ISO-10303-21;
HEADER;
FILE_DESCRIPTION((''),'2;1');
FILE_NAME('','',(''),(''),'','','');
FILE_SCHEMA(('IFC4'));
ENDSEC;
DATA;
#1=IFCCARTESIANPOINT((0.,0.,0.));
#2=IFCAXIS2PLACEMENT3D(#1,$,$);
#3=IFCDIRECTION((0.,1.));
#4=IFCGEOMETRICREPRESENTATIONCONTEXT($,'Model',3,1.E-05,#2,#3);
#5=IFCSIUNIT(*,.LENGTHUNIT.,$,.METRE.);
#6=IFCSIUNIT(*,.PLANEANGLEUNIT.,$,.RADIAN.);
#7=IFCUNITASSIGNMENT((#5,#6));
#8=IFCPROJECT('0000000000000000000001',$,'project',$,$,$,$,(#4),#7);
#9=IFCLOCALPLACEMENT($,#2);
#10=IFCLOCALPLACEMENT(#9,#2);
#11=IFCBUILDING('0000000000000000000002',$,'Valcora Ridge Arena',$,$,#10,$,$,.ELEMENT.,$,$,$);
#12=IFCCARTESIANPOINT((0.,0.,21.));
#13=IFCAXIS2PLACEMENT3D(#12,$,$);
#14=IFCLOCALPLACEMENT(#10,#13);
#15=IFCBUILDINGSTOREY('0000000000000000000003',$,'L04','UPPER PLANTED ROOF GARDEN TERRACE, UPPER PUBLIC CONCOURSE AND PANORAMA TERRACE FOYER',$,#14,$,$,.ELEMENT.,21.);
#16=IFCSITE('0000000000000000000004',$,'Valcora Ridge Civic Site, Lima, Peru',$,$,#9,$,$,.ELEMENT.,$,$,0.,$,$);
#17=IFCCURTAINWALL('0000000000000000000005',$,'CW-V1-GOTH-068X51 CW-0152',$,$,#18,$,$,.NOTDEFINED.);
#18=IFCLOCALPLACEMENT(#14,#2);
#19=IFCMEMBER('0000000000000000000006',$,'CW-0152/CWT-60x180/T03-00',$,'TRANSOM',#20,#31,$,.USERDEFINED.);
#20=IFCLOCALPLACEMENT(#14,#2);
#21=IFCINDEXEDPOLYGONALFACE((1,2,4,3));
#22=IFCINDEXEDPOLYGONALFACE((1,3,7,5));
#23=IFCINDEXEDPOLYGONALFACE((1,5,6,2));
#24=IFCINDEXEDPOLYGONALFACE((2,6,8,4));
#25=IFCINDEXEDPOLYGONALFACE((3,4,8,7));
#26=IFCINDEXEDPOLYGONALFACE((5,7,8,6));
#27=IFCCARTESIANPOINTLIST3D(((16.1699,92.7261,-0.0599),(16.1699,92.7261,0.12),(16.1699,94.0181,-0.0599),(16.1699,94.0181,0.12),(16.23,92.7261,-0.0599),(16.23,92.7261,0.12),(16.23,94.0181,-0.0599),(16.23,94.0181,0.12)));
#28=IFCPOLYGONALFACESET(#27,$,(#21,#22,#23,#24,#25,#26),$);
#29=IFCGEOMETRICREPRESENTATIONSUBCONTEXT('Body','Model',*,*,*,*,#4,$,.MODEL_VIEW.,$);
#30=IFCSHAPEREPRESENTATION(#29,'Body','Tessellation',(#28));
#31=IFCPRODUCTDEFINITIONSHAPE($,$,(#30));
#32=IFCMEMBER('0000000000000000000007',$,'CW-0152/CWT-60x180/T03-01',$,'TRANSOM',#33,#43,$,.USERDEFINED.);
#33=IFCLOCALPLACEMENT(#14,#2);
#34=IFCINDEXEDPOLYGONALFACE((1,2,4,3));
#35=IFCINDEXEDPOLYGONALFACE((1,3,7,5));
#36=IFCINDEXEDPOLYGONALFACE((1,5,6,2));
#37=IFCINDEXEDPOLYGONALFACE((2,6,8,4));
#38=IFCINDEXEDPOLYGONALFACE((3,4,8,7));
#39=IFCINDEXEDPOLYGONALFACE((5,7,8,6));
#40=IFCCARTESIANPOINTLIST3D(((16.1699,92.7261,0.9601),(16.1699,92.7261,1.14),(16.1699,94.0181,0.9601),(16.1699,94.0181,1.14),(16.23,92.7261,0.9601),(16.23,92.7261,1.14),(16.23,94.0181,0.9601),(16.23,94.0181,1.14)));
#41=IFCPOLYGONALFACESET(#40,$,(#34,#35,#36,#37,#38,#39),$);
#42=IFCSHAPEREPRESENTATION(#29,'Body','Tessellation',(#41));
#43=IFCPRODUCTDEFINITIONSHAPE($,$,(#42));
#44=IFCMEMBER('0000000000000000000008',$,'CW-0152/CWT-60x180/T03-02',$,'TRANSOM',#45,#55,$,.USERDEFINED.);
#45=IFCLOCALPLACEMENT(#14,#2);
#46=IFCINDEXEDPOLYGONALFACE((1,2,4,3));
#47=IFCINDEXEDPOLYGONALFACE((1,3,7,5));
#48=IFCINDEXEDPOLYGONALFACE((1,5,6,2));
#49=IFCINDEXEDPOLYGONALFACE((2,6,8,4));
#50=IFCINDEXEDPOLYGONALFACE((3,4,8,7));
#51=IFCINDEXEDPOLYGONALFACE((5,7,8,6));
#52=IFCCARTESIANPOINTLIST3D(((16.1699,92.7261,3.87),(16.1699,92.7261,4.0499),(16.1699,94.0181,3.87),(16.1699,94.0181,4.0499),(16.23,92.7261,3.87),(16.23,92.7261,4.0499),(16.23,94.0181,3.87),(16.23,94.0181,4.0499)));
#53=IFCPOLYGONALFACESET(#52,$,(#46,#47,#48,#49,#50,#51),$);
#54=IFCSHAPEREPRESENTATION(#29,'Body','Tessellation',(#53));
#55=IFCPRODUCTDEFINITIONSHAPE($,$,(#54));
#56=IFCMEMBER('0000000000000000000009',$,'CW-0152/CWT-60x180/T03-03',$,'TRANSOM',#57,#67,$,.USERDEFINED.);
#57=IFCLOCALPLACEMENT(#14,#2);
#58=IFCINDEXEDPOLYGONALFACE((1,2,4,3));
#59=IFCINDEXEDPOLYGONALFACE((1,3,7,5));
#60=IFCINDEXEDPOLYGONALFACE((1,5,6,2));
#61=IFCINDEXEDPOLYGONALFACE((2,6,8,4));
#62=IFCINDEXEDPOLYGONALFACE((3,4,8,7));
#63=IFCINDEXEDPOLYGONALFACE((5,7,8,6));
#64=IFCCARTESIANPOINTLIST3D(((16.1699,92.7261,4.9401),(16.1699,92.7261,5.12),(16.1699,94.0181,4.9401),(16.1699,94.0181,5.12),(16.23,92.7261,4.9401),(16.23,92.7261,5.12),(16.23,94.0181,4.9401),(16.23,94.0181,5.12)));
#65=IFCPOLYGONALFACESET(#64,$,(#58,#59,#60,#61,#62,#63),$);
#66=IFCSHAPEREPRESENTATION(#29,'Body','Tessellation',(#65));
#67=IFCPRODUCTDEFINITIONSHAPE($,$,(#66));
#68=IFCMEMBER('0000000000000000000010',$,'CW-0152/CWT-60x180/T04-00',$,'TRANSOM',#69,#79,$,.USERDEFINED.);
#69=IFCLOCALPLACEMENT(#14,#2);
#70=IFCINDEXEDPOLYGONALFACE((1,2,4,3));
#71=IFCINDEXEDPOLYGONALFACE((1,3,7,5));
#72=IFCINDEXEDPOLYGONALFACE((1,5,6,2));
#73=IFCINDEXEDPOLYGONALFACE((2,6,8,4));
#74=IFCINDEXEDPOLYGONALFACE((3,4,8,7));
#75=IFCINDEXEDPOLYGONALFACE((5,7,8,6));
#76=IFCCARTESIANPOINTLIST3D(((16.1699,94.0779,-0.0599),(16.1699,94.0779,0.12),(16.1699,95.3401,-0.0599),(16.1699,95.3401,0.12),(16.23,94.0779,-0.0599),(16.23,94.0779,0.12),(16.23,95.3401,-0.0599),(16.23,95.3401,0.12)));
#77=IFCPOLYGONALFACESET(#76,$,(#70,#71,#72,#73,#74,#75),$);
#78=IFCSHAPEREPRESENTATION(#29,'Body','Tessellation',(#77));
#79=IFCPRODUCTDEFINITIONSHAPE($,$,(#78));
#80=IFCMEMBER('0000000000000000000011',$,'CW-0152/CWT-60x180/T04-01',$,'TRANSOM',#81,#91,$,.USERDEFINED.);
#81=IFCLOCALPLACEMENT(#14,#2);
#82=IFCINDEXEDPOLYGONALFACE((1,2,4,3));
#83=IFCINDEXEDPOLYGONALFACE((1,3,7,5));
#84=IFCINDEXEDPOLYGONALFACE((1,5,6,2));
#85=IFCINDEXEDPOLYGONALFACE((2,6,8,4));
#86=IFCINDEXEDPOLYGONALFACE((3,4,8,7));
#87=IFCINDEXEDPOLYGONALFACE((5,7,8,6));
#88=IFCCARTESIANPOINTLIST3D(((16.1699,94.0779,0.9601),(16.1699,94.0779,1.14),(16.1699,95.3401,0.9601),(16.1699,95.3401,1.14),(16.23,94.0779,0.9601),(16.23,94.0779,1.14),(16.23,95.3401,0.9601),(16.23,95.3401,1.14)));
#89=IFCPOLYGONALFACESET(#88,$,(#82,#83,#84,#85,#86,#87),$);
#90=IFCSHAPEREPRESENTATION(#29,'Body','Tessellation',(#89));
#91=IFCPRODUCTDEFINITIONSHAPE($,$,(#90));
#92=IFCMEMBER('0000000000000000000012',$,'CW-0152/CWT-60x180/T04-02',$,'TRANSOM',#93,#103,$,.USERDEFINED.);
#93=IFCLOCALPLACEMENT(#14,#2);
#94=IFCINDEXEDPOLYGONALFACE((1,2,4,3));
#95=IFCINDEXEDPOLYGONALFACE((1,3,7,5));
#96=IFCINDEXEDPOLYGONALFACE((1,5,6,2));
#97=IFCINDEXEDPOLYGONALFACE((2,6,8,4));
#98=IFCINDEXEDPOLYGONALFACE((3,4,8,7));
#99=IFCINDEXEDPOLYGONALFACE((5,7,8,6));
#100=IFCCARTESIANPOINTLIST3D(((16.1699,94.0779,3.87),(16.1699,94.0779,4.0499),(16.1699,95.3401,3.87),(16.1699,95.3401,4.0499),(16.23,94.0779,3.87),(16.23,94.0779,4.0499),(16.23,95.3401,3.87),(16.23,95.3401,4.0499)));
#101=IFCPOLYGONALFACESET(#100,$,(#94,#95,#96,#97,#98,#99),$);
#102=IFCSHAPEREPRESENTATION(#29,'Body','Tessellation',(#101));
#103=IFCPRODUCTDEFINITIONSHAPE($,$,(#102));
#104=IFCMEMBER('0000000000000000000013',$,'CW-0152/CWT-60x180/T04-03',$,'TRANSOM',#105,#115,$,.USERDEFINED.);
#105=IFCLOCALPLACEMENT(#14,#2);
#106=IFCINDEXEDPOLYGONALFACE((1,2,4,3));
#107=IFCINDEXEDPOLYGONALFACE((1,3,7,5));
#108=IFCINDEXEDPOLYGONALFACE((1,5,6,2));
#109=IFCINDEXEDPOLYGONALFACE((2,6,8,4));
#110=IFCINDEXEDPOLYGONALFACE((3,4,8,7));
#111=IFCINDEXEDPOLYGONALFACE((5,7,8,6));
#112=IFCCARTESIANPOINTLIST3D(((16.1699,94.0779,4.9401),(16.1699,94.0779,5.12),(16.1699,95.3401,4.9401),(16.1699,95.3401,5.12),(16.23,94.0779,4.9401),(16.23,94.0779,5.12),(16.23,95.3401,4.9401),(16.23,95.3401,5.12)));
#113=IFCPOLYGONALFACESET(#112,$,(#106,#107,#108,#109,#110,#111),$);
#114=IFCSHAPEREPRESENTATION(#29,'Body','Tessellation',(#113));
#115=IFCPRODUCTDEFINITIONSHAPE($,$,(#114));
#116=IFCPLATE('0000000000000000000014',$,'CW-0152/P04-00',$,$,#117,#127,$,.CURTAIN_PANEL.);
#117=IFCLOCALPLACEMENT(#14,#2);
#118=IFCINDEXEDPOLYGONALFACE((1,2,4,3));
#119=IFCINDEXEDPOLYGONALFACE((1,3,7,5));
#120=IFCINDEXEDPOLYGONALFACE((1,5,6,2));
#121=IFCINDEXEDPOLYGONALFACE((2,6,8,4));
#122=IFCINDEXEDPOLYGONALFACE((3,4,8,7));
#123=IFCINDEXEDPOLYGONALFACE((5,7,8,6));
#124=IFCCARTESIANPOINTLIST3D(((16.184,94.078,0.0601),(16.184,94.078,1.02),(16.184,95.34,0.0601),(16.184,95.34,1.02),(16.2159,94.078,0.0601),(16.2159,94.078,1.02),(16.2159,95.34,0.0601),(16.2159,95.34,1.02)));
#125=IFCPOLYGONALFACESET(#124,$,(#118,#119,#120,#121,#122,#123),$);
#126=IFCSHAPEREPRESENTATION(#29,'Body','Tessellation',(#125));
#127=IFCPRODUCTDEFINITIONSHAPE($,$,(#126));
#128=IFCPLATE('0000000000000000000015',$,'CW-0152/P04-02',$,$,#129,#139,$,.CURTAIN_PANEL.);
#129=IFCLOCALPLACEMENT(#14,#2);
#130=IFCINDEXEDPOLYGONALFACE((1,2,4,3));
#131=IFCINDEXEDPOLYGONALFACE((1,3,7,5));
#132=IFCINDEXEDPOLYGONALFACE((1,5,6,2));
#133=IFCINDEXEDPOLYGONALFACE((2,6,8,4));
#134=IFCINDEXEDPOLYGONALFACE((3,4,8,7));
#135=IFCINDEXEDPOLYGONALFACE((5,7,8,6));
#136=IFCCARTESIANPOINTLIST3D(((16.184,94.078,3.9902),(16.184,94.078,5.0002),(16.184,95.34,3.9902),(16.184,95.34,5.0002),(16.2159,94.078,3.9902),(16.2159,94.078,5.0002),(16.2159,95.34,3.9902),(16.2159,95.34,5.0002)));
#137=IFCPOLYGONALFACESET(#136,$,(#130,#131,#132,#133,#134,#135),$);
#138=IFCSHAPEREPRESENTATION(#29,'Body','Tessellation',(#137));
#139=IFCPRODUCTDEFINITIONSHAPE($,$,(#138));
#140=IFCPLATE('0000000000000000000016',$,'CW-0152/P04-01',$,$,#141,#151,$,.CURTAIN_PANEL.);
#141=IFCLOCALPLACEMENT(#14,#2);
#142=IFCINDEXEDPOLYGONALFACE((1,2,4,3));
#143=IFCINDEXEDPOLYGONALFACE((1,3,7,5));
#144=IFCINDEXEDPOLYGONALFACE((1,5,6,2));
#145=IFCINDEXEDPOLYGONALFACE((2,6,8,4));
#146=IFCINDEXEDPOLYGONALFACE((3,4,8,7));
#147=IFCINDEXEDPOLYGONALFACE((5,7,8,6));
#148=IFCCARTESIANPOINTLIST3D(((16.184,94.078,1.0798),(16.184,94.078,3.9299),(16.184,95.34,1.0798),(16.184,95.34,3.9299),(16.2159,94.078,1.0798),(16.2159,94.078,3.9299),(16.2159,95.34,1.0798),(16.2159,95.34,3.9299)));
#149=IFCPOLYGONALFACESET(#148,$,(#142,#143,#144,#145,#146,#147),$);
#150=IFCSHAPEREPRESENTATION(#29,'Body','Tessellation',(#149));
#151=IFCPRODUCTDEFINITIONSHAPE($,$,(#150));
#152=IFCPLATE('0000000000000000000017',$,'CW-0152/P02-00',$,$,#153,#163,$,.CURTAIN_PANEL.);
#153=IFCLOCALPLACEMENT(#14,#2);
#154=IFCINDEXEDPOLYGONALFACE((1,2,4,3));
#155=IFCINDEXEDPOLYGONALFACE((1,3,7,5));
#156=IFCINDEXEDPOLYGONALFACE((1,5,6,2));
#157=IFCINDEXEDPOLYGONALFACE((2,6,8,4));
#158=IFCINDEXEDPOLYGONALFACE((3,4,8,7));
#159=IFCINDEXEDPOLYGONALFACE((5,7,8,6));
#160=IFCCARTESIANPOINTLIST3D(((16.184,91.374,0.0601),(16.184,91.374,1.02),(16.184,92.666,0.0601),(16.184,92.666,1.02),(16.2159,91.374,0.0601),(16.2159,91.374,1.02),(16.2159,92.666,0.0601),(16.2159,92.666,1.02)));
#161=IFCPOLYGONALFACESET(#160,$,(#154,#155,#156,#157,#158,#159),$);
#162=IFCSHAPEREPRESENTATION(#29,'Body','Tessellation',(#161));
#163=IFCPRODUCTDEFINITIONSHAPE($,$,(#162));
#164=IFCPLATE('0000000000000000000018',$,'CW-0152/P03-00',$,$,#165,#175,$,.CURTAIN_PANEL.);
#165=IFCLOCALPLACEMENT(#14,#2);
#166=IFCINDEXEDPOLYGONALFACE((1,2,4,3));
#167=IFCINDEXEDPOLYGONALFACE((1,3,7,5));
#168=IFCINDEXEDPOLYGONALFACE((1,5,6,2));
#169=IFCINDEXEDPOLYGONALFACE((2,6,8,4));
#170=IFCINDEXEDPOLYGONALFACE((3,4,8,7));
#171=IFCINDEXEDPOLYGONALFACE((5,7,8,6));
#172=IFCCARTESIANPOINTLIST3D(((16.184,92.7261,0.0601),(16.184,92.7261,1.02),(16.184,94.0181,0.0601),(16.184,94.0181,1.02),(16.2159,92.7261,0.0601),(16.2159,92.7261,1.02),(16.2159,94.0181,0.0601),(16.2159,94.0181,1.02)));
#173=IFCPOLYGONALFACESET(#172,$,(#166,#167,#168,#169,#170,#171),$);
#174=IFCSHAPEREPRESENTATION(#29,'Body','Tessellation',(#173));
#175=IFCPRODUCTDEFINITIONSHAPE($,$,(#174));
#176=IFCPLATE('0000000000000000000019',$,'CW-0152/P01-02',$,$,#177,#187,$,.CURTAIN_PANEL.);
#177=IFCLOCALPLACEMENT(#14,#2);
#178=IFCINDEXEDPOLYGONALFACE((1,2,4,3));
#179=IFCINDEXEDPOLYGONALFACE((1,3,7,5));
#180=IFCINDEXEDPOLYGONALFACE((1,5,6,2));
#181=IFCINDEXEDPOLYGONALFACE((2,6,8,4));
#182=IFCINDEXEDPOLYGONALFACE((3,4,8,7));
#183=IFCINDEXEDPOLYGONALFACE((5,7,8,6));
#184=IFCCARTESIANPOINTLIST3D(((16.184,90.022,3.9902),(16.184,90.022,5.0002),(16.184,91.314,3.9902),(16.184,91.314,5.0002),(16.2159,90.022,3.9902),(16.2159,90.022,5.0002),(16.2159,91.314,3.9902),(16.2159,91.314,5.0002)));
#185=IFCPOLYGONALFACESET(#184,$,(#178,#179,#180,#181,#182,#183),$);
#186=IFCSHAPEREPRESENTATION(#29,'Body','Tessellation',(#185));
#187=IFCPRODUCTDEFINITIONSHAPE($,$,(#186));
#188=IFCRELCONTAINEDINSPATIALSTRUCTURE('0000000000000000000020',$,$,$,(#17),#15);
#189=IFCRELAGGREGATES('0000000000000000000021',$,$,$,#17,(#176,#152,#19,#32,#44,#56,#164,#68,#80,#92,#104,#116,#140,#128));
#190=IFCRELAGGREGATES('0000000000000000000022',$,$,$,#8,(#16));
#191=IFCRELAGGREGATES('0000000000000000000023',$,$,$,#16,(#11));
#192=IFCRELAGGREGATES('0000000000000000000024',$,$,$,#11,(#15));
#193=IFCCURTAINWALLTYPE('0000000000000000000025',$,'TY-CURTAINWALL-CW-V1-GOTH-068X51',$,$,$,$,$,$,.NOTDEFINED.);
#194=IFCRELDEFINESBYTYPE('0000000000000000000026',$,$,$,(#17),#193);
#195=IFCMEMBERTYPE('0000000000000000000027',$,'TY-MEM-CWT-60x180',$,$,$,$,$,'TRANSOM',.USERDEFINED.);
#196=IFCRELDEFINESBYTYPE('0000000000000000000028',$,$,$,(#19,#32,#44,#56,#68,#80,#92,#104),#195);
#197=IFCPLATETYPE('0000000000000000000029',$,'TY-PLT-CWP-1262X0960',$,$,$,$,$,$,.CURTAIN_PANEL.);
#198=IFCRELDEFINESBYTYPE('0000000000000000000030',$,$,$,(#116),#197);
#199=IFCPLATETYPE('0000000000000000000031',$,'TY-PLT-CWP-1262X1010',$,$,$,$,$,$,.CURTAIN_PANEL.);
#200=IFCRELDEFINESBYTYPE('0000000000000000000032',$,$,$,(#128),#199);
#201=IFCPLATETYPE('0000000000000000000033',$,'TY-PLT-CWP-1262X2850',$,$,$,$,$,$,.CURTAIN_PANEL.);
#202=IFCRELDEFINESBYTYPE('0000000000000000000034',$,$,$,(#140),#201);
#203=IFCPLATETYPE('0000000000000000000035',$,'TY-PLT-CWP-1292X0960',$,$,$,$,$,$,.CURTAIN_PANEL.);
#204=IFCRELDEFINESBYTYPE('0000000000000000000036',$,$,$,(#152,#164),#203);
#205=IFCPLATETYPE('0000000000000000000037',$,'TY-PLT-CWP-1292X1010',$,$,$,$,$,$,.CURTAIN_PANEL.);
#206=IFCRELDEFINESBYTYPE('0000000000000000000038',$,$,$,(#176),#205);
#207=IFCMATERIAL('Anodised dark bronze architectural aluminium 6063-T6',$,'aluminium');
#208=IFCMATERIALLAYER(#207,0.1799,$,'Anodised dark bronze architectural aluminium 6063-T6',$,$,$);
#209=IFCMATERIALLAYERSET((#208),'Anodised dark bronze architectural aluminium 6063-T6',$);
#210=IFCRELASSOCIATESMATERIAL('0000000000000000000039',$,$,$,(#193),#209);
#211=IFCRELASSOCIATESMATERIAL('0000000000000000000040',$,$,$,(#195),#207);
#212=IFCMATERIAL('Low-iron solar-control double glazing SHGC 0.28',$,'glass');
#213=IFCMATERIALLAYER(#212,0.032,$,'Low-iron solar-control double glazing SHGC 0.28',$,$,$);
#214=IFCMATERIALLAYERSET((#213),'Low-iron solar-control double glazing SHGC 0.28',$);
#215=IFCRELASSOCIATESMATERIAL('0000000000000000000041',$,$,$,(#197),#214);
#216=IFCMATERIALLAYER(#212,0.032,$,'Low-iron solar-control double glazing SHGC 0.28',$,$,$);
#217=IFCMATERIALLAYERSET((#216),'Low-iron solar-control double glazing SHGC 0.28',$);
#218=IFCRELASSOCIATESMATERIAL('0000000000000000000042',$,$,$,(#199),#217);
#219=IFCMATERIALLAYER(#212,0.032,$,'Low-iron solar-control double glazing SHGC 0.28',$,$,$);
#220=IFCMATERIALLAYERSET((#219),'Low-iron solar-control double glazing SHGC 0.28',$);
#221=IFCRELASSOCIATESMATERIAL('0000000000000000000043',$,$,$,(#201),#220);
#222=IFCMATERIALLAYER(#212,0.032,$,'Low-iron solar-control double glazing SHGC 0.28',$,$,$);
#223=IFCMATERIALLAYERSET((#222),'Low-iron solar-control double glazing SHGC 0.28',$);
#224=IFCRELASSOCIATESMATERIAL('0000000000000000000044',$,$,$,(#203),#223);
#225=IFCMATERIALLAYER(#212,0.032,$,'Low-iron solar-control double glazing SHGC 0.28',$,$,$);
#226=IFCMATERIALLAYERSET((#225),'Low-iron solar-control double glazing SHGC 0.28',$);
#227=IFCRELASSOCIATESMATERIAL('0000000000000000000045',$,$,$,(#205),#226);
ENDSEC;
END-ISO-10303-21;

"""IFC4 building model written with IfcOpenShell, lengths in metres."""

from ifc_helpers import new_model, si_unit, direction, frame, origin, origin_2d, place, context, subcontext, project, spatial, rectangle, extrude, material, layer, layer_set, material_profile, profile_set, type_object, element, aggregate, save


model = new_model("IFC4")

# Units and contexts
model_context = context("Model", 3, precision=1e-05, world=origin(), true_north=direction((0.0, 1.0)))
body_context = subcontext(model_context, "Body", "Model", "MODEL_VIEW")
ifc_project = project(units=[si_unit("LENGTHUNIT", "METRE"), si_unit("PLANEANGLEUNIT", "RADIAN")], contexts=[model_context])

# Site, building, storey
site_placement = place(None, origin())
site = spatial("IfcSite", under=ifc_project, at=site_placement, Name="Valcora Ridge Civic Site, Lima, Peru", CompositionType="ELEMENT", RefElevation=0.0)
building_placement = place(site_placement, origin())
building = spatial("IfcBuilding", under=site, at=building_placement, Name="Valcora Ridge Arena", CompositionType="ELEMENT")
storey_placement = place(building_placement, frame((0.0, 0.0, 21.0)))
storey = spatial("IfcBuildingStorey", under=building, at=storey_placement, Name="L04", Description="UPPER PLANTED ROOF GARDEN TERRACE, UPPER PUBLIC CONCOURSE AND PANORAMA TERRACE FOYER", CompositionType="ELEMENT", Elevation=21.0)

# Curtain wall, members, plates
ifc_material_1 = material(Name="Anodised dark bronze architectural aluminium 6063-T6", Category="aluminium")
ifc_layer_1 = layer(ifc_material_1, 0.1799, Name="Anodised dark bronze architectural aluminium 6063-T6")
ifc_layer_set_1 = layer_set([ifc_layer_1], Name="Anodised dark bronze architectural aluminium 6063-T6")
curtain_wall_type = type_object("IfcCurtainWallType", Name="TY-CURTAINWALL-CW-V1-GOTH-068X51", PredefinedType="NOTDEFINED", material=ifc_layer_set_1)
curtain_wall_placement = place(storey_placement, origin())
curtain_wall = element("IfcCurtainWall", 1, at=curtain_wall_placement, inside=storey, type_object=curtain_wall_type, Name="CW-V1-GOTH-068X51 CW-0152", PredefinedType="NOTDEFINED")
ifc_material_profile_1 = material_profile(ifc_material_1, rectangle(XDim=0.0601, YDim=0.1799, at=origin_2d()), Name="ALU TRANSOM 60x180")
ifc_profile_set_1 = profile_set([ifc_material_profile_1], Name="Anodised dark bronze architectural aluminium 6063-T6")
member_type_1 = type_object("IfcMemberType", Name="TY-MEM-CWT-60x180", ElementType="TRANSOM", PredefinedType="USERDEFINED", material=ifc_profile_set_1)
member_1_placement = place(storey_placement, frame((16.2, 92.7261, 0.03), z_axis=(0.0, 1.0, 0.0), x_axis=(-1.0, 0.0, 0.0)))
member_1 = element("IfcMember", 2, at=member_1_placement, type_object=member_type_1, Name="CW-0152/CWT-60x180/T03-00", ObjectType="TRANSOM", PredefinedType="USERDEFINED", context=body_context, shape_type="SweptSolid", body=[
    extrude(rectangle(XDim=0.0601, YDim=0.1799, at=origin_2d()), origin(), (0.0, 0.0, 1.0), 1.292),
])
member_2_placement = place(storey_placement, frame((16.2, 92.7261, 1.05), z_axis=(0.0, 1.0, 0.0), x_axis=(-1.0, 0.0, 0.0)))
member_2 = element("IfcMember", 3, at=member_2_placement, type_object=member_type_1, Name="CW-0152/CWT-60x180/T03-01", ObjectType="TRANSOM", PredefinedType="USERDEFINED", context=body_context, shape_type="SweptSolid", body=[
    extrude(rectangle(XDim=0.0601, YDim=0.1799, at=origin_2d()), origin(), (0.0, 0.0, 1.0), 1.292),
])
member_3_placement = place(storey_placement, frame((16.2, 92.7261, 3.96), z_axis=(0.0, 1.0, 0.0), x_axis=(-1.0, 0.0, 0.0)))
member_3 = element("IfcMember", 4, at=member_3_placement, type_object=member_type_1, Name="CW-0152/CWT-60x180/T03-02", ObjectType="TRANSOM", PredefinedType="USERDEFINED", context=body_context, shape_type="SweptSolid", body=[
    extrude(rectangle(XDim=0.0601, YDim=0.1799, at=origin_2d()), origin(), (0.0, 0.0, 1.0), 1.292),
])
member_4_placement = place(storey_placement, frame((16.2, 92.7261, 5.03), z_axis=(0.0, 1.0, 0.0), x_axis=(-1.0, 0.0, 0.0)))
member_4 = element("IfcMember", 5, at=member_4_placement, type_object=member_type_1, Name="CW-0152/CWT-60x180/T03-03", ObjectType="TRANSOM", PredefinedType="USERDEFINED", context=body_context, shape_type="SweptSolid", body=[
    extrude(rectangle(XDim=0.0601, YDim=0.1799, at=origin_2d()), origin(), (0.0, 0.0, 1.0), 1.292),
])
member_5_placement = place(storey_placement, frame((16.2, 94.0779, 0.03), z_axis=(0.0, 1.0, 0.0), x_axis=(-1.0, 0.0, 0.0)))
member_5 = element("IfcMember", 6, at=member_5_placement, type_object=member_type_1, Name="CW-0152/CWT-60x180/T04-00", ObjectType="TRANSOM", PredefinedType="USERDEFINED", context=body_context, shape_type="SweptSolid", body=[
    extrude(rectangle(XDim=0.0601, YDim=0.1799, at=origin_2d()), origin(), (0.0, 0.0, 1.0), 1.2622),
])
member_6_placement = place(storey_placement, frame((16.2, 94.0779, 1.05), z_axis=(0.0, 1.0, 0.0), x_axis=(-1.0, 0.0, 0.0)))
member_6 = element("IfcMember", 7, at=member_6_placement, type_object=member_type_1, Name="CW-0152/CWT-60x180/T04-01", ObjectType="TRANSOM", PredefinedType="USERDEFINED", context=body_context, shape_type="SweptSolid", body=[
    extrude(rectangle(XDim=0.0601, YDim=0.1799, at=origin_2d()), origin(), (0.0, 0.0, 1.0), 1.2622),
])
member_7_placement = place(storey_placement, frame((16.2, 94.0779, 3.96), z_axis=(0.0, 1.0, 0.0), x_axis=(-1.0, 0.0, 0.0)))
member_7 = element("IfcMember", 8, at=member_7_placement, type_object=member_type_1, Name="CW-0152/CWT-60x180/T04-02", ObjectType="TRANSOM", PredefinedType="USERDEFINED", context=body_context, shape_type="SweptSolid", body=[
    extrude(rectangle(XDim=0.0601, YDim=0.1799, at=origin_2d()), origin(), (0.0, 0.0, 1.0), 1.2622),
])
member_8_placement = place(storey_placement, frame((16.2, 94.0779, 5.03), z_axis=(0.0, 1.0, 0.0), x_axis=(-1.0, 0.0, 0.0)))
member_8 = element("IfcMember", 9, at=member_8_placement, type_object=member_type_1, Name="CW-0152/CWT-60x180/T04-03", ObjectType="TRANSOM", PredefinedType="USERDEFINED", context=body_context, shape_type="SweptSolid", body=[
    extrude(rectangle(XDim=0.0601, YDim=0.1799, at=origin_2d()), origin(), (0.0, 0.0, 1.0), 1.2622),
])
ifc_material_2 = material(Name="Low-iron solar-control double glazing SHGC 0.28", Category="glass")
ifc_layer_2 = layer(ifc_material_2, 0.032, Name="Low-iron solar-control double glazing SHGC 0.28")
ifc_layer_set_2 = layer_set([ifc_layer_2], Name="Low-iron solar-control double glazing SHGC 0.28")
plate_type_1 = type_object("IfcPlateType", Name="TY-PLT-CWP-1262X0960", PredefinedType="CURTAIN_PANEL", material=ifc_layer_set_2)
plate_1_placement = place(storey_placement, frame((16.2, 94.709, 0.0601), z_axis=(0.0, 0.0, 1.0), x_axis=(0.0, 1.0, 0.0)))
plate_1 = element("IfcPlate", 10, at=plate_1_placement, type_object=plate_type_1, Name="CW-0152/P04-00", PredefinedType="CURTAIN_PANEL", context=body_context, shape_type="SweptSolid", body=[
    extrude(rectangle(XDim=1.262, YDim=0.032, at=origin_2d()), origin(), (0.0, 0.0, 1.0), 0.96),
])
ifc_layer_3 = layer(ifc_material_2, 0.032, Name="Low-iron solar-control double glazing SHGC 0.28")
ifc_layer_set_3 = layer_set([ifc_layer_3], Name="Low-iron solar-control double glazing SHGC 0.28")
plate_type_2 = type_object("IfcPlateType", Name="TY-PLT-CWP-1262X1010", PredefinedType="CURTAIN_PANEL", material=ifc_layer_set_3)
plate_2_placement = place(storey_placement, frame((16.2, 94.709, 3.9902), z_axis=(0.0, 0.0, 1.0), x_axis=(0.0, 1.0, 0.0)))
plate_2 = element("IfcPlate", 11, at=plate_2_placement, type_object=plate_type_2, Name="CW-0152/P04-02", PredefinedType="CURTAIN_PANEL", context=body_context, shape_type="SweptSolid", body=[
    extrude(rectangle(XDim=1.262, YDim=0.032, at=origin_2d()), origin(), (0.0, 0.0, 1.0), 1.01),
])
ifc_layer_4 = layer(ifc_material_2, 0.032, Name="Low-iron solar-control double glazing SHGC 0.28")
ifc_layer_set_4 = layer_set([ifc_layer_4], Name="Low-iron solar-control double glazing SHGC 0.28")
plate_type_3 = type_object("IfcPlateType", Name="TY-PLT-CWP-1262X2850", PredefinedType="CURTAIN_PANEL", material=ifc_layer_set_4)
plate_3_placement = place(storey_placement, frame((16.2, 94.709, 1.0798), z_axis=(0.0, 0.0, 1.0), x_axis=(0.0, 1.0, 0.0)))
plate_3 = element("IfcPlate", 12, at=plate_3_placement, type_object=plate_type_3, Name="CW-0152/P04-01", PredefinedType="CURTAIN_PANEL", context=body_context, shape_type="SweptSolid", body=[
    extrude(rectangle(XDim=1.262, YDim=0.032, at=origin_2d()), origin(), (0.0, 0.0, 1.0), 2.8501),
])
ifc_layer_5 = layer(ifc_material_2, 0.032, Name="Low-iron solar-control double glazing SHGC 0.28")
ifc_layer_set_5 = layer_set([ifc_layer_5], Name="Low-iron solar-control double glazing SHGC 0.28")
plate_type_4 = type_object("IfcPlateType", Name="TY-PLT-CWP-1292X0960", PredefinedType="CURTAIN_PANEL", material=ifc_layer_set_5)
plate_4_placement = place(storey_placement, frame((16.2, 92.02, 0.0601), z_axis=(0.0, 0.0, 1.0), x_axis=(0.0, 1.0, 0.0)))
plate_4 = element("IfcPlate", 13, at=plate_4_placement, type_object=plate_type_4, Name="CW-0152/P02-00", PredefinedType="CURTAIN_PANEL", context=body_context, shape_type="SweptSolid", body=[
    extrude(rectangle(XDim=1.292, YDim=0.032, at=origin_2d()), origin(), (0.0, 0.0, 1.0), 0.96),
])
plate_5_placement = place(storey_placement, frame((16.2, 93.3721, 0.0601), z_axis=(0.0, 0.0, 1.0), x_axis=(0.0, 1.0, 0.0)))
plate_5 = element("IfcPlate", 14, at=plate_5_placement, type_object=plate_type_4, Name="CW-0152/P03-00", PredefinedType="CURTAIN_PANEL", context=body_context, shape_type="SweptSolid", body=[
    extrude(rectangle(XDim=1.292, YDim=0.032, at=origin_2d()), origin(), (0.0, 0.0, 1.0), 0.96),
])
ifc_layer_6 = layer(ifc_material_2, 0.032, Name="Low-iron solar-control double glazing SHGC 0.28")
ifc_layer_set_6 = layer_set([ifc_layer_6], Name="Low-iron solar-control double glazing SHGC 0.28")
plate_type_5 = type_object("IfcPlateType", Name="TY-PLT-CWP-1292X1010", PredefinedType="CURTAIN_PANEL", material=ifc_layer_set_6)
plate_6_placement = place(storey_placement, frame((16.2, 90.668, 3.9902), z_axis=(0.0, 0.0, 1.0), x_axis=(0.0, 1.0, 0.0)))
plate_6 = element("IfcPlate", 15, at=plate_6_placement, type_object=plate_type_5, Name="CW-0152/P01-02", PredefinedType="CURTAIN_PANEL", context=body_context, shape_type="SweptSolid", body=[
    extrude(rectangle(XDim=1.292, YDim=0.032, at=origin_2d()), origin(), (0.0, 0.0, 1.0), 1.01),
])
aggregate(curtain_wall, [plate_6, plate_4, member_1, member_2, member_3, member_4, plate_5, member_5, member_6, member_7, member_8, plate_1, plate_3, plate_2])

save(model, "model.ifc")
